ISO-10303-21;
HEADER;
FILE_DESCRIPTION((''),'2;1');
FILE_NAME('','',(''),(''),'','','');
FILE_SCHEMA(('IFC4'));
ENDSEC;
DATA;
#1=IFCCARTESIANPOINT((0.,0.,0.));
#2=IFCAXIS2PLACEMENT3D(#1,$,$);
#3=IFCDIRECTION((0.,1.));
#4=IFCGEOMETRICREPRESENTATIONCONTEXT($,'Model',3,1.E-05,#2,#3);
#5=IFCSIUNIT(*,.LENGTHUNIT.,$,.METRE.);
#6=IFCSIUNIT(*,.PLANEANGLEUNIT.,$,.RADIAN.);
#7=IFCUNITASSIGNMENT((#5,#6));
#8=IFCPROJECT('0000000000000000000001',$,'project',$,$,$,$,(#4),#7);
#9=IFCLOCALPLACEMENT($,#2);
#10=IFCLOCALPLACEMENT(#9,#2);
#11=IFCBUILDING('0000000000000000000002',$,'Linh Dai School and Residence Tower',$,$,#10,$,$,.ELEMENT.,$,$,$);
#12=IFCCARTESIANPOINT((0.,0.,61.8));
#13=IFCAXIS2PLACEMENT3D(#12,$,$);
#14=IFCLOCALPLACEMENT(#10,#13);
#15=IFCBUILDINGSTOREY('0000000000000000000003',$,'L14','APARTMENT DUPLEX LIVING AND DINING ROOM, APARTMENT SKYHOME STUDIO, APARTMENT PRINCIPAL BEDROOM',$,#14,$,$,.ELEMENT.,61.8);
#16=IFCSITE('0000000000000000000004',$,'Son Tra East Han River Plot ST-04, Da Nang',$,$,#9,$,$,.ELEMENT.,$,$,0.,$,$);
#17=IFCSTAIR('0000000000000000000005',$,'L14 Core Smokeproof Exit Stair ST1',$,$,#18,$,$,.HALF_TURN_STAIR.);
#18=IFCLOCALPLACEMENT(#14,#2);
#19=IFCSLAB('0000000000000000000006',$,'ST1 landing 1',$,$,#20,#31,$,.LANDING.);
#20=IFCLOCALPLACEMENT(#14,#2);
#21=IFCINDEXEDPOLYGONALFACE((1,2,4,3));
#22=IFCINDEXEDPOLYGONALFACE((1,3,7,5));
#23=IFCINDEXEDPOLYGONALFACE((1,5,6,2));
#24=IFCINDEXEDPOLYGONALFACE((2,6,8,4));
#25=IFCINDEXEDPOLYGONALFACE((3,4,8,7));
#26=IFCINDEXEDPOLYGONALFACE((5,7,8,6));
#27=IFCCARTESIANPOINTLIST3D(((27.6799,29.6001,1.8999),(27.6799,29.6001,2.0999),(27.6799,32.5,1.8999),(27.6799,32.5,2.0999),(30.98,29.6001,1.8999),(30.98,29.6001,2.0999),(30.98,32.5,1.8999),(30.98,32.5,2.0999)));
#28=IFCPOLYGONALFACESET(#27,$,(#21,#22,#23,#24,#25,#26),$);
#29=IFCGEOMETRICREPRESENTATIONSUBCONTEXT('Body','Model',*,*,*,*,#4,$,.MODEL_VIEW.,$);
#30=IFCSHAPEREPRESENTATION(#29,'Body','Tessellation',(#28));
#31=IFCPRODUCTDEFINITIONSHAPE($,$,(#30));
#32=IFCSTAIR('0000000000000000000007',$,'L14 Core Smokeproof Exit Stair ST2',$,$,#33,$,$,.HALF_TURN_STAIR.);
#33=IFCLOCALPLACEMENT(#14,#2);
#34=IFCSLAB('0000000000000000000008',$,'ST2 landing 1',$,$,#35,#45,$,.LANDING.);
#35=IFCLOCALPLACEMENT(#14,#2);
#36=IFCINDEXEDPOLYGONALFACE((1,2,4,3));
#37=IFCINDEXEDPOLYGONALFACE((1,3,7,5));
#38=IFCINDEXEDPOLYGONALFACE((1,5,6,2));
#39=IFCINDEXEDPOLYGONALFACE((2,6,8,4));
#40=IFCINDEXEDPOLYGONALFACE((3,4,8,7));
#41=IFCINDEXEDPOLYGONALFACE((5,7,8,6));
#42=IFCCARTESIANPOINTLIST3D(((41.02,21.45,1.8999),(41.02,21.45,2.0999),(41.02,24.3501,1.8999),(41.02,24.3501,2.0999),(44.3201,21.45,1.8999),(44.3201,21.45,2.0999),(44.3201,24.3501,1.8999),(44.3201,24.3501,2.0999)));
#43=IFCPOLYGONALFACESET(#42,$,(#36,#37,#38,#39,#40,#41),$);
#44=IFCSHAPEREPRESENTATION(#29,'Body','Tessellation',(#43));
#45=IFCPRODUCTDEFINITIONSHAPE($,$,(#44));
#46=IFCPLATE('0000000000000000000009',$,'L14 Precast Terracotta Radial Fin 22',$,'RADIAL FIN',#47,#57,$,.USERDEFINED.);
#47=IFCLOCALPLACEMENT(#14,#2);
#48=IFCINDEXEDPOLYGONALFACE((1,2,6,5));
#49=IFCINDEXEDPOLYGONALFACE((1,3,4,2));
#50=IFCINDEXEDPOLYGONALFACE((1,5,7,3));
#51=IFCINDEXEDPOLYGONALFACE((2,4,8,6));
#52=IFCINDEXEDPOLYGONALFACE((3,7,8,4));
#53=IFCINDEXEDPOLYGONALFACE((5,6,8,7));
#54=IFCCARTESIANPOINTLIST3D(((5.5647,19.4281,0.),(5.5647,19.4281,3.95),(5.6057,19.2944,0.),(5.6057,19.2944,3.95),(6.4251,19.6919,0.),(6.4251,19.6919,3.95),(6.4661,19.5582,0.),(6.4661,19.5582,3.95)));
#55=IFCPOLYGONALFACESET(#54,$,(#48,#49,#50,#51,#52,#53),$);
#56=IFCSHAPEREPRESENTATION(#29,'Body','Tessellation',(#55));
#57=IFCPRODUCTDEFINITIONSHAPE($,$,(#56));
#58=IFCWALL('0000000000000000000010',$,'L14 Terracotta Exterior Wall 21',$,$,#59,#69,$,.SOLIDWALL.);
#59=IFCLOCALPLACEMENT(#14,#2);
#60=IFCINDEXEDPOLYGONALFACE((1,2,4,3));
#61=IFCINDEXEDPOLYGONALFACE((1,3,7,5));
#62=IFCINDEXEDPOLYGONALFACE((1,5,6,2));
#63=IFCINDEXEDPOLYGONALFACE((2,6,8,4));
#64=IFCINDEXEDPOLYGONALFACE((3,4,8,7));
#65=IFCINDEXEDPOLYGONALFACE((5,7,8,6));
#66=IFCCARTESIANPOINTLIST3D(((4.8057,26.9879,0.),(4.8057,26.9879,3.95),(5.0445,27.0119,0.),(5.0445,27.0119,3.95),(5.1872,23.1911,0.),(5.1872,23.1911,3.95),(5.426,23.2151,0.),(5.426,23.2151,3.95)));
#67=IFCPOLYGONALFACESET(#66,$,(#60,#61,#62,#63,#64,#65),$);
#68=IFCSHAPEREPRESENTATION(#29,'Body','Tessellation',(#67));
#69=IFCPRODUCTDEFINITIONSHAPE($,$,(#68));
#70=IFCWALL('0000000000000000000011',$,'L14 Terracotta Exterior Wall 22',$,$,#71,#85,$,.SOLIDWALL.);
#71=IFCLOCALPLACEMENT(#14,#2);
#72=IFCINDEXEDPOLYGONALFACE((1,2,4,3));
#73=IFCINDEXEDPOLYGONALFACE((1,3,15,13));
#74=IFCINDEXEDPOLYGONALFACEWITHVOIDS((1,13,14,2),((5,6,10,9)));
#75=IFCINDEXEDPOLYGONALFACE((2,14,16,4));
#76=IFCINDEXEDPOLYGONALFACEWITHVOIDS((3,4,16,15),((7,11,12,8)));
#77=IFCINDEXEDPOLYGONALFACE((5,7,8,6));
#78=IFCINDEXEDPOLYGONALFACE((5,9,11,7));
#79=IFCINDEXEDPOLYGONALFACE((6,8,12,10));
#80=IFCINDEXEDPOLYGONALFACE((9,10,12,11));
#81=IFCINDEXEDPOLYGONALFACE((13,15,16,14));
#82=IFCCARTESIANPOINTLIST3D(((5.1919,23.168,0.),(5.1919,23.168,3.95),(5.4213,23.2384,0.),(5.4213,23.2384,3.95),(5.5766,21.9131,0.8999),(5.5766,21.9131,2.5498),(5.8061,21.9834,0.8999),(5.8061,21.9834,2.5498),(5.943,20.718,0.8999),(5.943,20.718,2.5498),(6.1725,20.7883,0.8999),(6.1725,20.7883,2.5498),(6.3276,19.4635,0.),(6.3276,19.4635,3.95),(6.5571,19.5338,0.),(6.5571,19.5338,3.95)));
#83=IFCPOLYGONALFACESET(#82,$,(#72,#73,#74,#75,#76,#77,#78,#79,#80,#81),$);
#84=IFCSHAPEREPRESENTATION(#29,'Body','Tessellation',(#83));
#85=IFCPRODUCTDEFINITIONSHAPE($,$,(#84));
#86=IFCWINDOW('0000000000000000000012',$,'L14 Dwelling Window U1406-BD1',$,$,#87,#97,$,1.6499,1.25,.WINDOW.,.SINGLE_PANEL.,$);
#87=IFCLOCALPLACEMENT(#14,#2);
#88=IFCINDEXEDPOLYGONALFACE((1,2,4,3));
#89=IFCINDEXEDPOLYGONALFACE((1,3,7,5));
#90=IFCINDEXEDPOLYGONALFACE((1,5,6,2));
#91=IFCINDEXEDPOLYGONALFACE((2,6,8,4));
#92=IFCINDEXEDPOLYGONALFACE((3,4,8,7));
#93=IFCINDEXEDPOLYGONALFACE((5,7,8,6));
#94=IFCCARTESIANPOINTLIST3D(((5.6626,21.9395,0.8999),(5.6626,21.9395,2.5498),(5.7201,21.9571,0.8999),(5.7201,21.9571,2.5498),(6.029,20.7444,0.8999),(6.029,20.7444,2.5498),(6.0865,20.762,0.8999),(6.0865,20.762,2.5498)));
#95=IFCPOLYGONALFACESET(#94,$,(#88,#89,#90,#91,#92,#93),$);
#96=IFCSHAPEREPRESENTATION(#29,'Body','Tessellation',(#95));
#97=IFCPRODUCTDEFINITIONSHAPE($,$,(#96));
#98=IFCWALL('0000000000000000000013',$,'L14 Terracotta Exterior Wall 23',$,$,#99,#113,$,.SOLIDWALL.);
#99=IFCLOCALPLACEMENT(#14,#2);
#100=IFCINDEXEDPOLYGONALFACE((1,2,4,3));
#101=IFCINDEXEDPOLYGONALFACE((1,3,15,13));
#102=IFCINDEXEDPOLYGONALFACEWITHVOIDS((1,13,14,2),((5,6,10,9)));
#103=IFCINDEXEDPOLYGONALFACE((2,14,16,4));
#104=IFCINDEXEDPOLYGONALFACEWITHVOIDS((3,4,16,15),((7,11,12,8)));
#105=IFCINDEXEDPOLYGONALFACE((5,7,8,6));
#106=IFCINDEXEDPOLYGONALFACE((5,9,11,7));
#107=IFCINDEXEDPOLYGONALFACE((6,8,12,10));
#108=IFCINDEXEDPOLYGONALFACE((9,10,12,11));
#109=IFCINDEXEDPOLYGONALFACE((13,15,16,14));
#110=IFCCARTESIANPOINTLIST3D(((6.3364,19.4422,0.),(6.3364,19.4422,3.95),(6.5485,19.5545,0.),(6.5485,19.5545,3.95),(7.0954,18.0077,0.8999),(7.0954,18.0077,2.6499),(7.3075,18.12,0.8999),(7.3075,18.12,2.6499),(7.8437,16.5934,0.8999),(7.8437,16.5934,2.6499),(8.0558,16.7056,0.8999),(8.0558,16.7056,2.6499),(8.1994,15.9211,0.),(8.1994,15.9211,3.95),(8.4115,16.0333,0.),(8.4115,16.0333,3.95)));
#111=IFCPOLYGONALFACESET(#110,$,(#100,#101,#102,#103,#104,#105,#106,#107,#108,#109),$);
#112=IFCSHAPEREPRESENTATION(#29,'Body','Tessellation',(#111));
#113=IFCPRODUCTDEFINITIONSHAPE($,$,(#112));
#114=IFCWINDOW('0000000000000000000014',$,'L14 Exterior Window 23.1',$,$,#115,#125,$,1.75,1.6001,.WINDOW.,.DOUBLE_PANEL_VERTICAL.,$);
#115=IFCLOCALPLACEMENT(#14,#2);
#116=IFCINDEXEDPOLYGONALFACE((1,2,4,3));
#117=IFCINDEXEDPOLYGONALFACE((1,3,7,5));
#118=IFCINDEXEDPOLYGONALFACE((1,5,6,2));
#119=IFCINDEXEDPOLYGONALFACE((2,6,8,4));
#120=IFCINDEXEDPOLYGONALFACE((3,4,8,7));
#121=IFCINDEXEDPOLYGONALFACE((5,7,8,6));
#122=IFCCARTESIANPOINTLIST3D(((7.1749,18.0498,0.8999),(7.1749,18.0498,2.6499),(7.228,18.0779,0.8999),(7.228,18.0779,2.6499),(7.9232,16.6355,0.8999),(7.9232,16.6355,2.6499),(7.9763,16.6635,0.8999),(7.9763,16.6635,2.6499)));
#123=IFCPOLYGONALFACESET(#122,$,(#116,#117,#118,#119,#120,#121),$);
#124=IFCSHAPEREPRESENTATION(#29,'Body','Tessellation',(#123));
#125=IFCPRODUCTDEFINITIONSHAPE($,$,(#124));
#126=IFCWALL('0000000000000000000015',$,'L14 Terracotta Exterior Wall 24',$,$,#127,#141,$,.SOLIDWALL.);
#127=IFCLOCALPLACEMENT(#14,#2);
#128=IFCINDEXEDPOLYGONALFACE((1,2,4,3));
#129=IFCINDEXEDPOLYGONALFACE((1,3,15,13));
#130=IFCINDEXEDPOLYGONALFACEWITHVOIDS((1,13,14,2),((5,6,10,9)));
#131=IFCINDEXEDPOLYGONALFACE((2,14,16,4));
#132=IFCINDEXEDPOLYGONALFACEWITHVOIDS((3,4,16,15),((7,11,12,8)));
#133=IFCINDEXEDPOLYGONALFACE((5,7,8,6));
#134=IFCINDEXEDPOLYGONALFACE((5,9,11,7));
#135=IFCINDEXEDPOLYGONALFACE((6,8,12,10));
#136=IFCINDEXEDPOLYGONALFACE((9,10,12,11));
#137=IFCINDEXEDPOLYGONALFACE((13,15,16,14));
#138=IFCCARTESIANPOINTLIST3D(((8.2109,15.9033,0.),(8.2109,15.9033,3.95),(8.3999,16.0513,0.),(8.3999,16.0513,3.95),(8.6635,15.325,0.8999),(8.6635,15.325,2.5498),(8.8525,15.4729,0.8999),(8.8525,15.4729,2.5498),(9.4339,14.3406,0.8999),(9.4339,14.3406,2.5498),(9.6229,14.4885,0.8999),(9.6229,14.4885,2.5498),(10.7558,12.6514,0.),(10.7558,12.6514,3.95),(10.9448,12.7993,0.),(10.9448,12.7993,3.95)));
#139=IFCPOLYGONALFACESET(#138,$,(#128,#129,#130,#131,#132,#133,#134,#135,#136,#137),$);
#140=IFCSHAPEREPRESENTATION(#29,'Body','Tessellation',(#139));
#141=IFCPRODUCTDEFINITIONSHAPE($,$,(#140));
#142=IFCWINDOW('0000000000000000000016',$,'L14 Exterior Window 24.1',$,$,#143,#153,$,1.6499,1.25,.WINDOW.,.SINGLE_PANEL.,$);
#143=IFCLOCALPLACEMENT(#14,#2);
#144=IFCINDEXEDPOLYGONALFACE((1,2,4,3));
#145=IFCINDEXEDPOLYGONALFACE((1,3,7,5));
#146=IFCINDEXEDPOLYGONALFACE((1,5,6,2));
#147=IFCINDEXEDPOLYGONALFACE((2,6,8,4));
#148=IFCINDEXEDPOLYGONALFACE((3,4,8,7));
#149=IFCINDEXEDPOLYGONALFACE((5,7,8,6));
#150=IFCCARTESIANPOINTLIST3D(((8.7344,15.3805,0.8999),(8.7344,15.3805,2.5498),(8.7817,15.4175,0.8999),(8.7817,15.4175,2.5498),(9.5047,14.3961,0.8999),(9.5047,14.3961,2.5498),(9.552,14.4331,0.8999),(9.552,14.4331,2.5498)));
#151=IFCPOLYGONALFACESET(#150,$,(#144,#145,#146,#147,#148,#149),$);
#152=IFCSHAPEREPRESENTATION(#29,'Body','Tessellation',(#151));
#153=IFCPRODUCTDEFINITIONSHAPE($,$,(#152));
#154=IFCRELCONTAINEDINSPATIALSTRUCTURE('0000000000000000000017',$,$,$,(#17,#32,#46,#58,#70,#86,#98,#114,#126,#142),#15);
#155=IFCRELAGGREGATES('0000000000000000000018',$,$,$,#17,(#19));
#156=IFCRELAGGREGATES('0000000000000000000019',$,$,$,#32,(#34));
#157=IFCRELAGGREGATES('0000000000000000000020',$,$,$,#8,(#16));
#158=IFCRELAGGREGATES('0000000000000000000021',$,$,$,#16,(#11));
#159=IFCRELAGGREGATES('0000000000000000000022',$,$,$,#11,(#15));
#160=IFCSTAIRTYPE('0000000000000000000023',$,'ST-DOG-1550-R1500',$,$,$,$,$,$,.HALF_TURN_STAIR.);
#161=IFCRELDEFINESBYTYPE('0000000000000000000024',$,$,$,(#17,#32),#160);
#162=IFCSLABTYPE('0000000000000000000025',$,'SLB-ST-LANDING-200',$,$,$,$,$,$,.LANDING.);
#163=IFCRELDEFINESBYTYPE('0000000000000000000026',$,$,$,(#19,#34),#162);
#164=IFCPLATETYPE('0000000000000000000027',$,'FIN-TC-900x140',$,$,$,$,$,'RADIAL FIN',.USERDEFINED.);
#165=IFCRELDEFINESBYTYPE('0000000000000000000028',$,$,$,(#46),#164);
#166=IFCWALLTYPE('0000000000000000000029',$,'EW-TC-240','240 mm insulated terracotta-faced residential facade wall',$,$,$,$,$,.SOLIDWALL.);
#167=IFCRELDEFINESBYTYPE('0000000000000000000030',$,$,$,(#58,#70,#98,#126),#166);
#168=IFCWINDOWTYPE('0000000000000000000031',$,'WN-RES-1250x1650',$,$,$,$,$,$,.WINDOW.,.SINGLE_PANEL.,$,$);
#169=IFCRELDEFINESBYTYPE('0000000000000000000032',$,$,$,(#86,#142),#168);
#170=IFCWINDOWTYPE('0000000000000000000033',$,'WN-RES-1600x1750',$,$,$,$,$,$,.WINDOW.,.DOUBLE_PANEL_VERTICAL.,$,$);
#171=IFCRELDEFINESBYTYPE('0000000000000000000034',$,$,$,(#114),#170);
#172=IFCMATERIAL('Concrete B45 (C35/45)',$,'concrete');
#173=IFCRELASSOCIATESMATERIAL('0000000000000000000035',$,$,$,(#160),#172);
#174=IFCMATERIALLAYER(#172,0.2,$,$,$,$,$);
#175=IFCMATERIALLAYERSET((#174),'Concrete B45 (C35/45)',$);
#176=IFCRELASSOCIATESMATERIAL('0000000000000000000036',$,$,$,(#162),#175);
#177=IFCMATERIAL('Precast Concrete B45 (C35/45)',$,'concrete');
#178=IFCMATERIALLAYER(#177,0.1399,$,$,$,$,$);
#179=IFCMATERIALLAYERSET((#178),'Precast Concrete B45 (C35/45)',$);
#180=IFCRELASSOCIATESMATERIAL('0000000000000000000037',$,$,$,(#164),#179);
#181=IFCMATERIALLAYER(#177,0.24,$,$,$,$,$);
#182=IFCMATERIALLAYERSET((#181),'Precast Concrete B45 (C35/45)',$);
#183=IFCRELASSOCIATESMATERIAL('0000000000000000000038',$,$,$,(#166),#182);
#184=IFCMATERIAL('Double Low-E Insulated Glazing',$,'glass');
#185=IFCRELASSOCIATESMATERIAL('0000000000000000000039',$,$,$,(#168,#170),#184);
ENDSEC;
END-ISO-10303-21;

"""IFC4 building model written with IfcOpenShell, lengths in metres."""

from ifc_helpers import new_model, si_unit, direction, frame, frame_2d, origin, origin_2d, place, context, subcontext, project, spatial, polyline, rectangle, outline, extrude, source, transform, mapped, material, layer, layer_set, type_object, element, fill, aggregate, save


model = new_model("IFC4")

# Units and contexts
model_context = context("Model", 3, precision=1e-05, world=origin(), true_north=direction((0.0, 1.0)))
body_context = subcontext(model_context, "Body", "Model", "MODEL_VIEW")
ifc_project = project(units=[si_unit("LENGTHUNIT", "METRE"), si_unit("PLANEANGLEUNIT", "RADIAN")], contexts=[model_context])

# Site, building, storey
site_placement = place(None, origin())
site = spatial("IfcSite", under=ifc_project, at=site_placement, Name="Son Tra East Han River Plot ST-04, Da Nang", CompositionType="ELEMENT", RefElevation=0.0)
building_placement = place(site_placement, origin())
building = spatial("IfcBuilding", under=site, at=building_placement, Name="Linh Dai School and Residence Tower", CompositionType="ELEMENT")
storey_placement = place(building_placement, frame((0.0, 0.0, 61.8)))
storey = spatial("IfcBuildingStorey", under=building, at=storey_placement, Name="L14", Description="APARTMENT DUPLEX LIVING AND DINING ROOM, APARTMENT SKYHOME STUDIO, APARTMENT PRINCIPAL BEDROOM", CompositionType="ELEMENT", Elevation=61.8)

# Shared definitions
ifc_material_1 = material(Name="Concrete B45 (C35/45)", Category="concrete")

# Stairs, slabs
stair_type = type_object("IfcStairType", Name="ST-DOG-1550-R1500", PredefinedType="HALF_TURN_STAIR", material=ifc_material_1)
stair_1_placement = place(storey_placement, origin())
stair_1 = element("IfcStair", 1, at=stair_1_placement, inside=storey, type_object=stair_type, Name="L14 Core Smokeproof Exit Stair ST1", PredefinedType="HALF_TURN_STAIR")
ifc_layer_1 = layer(ifc_material_1, 0.2)
ifc_layer_set_1 = layer_set([ifc_layer_1], Name="Concrete B45 (C35/45)")
slab_type_1 = type_object("IfcSlabType", Name="SLB-ST-LANDING-200", PredefinedType="LANDING", material=ifc_layer_set_1)
slab_1_placement = place(storey_placement, frame((0.0, 0.0, 1.8999)))
slab_1 = element("IfcSlab", 2, at=slab_1_placement, type_object=slab_type_1, Name="ST1 landing 1", PredefinedType="LANDING", context=body_context, shape_type="SweptSolid", body=[
    extrude(outline(polyline([(30.98, 29.6001), (30.98, 32.5), (27.6799, 32.5), (27.6799, 29.6001), (30.98, 29.6001)])), origin(), (0.0, 0.0, 1.0), 0.2),
])
aggregate(stair_1, [slab_1])
stair_2_placement = place(storey_placement, origin())
stair_2 = element("IfcStair", 3, at=stair_2_placement, inside=storey, type_object=stair_type, Name="L14 Core Smokeproof Exit Stair ST2", PredefinedType="HALF_TURN_STAIR")
slab_2_placement = place(storey_placement, frame((0.0, 0.0, 1.8999)))
slab_2 = element("IfcSlab", 4, at=slab_2_placement, type_object=slab_type_1, Name="ST2 landing 1", PredefinedType="LANDING", context=body_context, shape_type="SweptSolid", body=[
    extrude(outline(polyline([(41.02, 24.3501), (41.02, 21.45), (44.3201, 21.45), (44.3201, 24.3501), (41.02, 24.3501)])), origin(), (0.0, 0.0, 1.0), 0.2),
])
aggregate(stair_2, [slab_2])

# Plate
ifc_material_2 = material(Name="Precast Concrete B45 (C35/45)", Category="concrete")
ifc_layer_2 = layer(ifc_material_2, 0.1399)
ifc_layer_set_2 = layer_set([ifc_layer_2], Name="Precast Concrete B45 (C35/45)")
plate_type = type_object("IfcPlateType", Name="FIN-TC-900x140", ElementType="RADIAL FIN", PredefinedType="USERDEFINED", material=ifc_layer_set_2)
shared_shape_1 = source(origin(), body_context, "Body", "SweptSolid", [
    extrude(rectangle(XDim=0.8999, YDim=0.1399, at=origin_2d()), origin(), (0.0, 0.0, 1.0), 3.95),
])
plate_placement = place(storey_placement, frame((6.0154, 19.4932, 0.0), z_axis=(0.0, 0.0, 1.0), x_axis=(-0.956068, -0.293146, 0.0)))
element("IfcPlate", 5, at=plate_placement, inside=storey, type_object=plate_type, Name="L14 Precast Terracotta Radial Fin 22", ObjectType="RADIAL FIN", PredefinedType="USERDEFINED", context=body_context, shape_type="MappedRepresentation", body=[
    mapped(shared_shape_1, transform((0.0, 0.0, 0.0), x_axis=(1.0, 0.0, 0.0), y_axis=(0.0, 1.0, 0.0), z_axis=(0.0, 0.0, 1.0), scale=1.0)),
])

# Wall
ifc_layer_3 = layer(ifc_material_2, 0.24)
ifc_layer_set_3 = layer_set([ifc_layer_3], Name="Precast Concrete B45 (C35/45)")
wall_type_1 = type_object("IfcWallType", Name="EW-TC-240", Description="240 mm insulated terracotta-faced residential facade wall", PredefinedType="SOLIDWALL", material=ifc_layer_set_3)
wall_1_placement = place(storey_placement, frame((5.3066, 23.2031, 0.0), z_axis=(0.0, 0.0, 1.0), x_axis=(-0.099998, 0.994988, 0.0)))
element("IfcWall", 6, at=wall_1_placement, inside=storey, type_object=wall_type_1, Name="L14 Terracotta Exterior Wall 21", PredefinedType="SOLIDWALL", context=body_context, shape_type="SweptSolid", body=[
    extrude(rectangle(XDim=3.8159, YDim=0.24, at=frame_2d((1.908, 0.0))), origin(), (0.0, 0.0, 1.0), 3.95),
])

# Walls, openings, windows
wall_2_placement = place(storey_placement, frame((6.4424, 19.4985, 0.0), z_axis=(0.0, 0.0, 1.0), x_axis=(-0.293112, 0.956078, 0.0)))
wall_2 = element("IfcWall", 7, at=wall_2_placement, inside=storey, type_object=wall_type_1, Name="L14 Terracotta Exterior Wall 22", PredefinedType="SOLIDWALL", context=body_context, shape_type="SweptSolid", body=[
    extrude(rectangle(XDim=3.8748, YDim=0.24, at=frame_2d((1.9375, 0.0))), origin(), (0.0, 0.0, 1.0), 3.95),
])
opening_1_placement = place(wall_2_placement, frame((1.3123, 0.0, 0.8999)))
opening_1 = element("IfcOpeningElement", 8, at=opening_1_placement, cuts=wall_2, PredefinedType="OPENING", context=body_context, shape_type="SweptSolid", body=[
    extrude(rectangle(XDim=1.25, YDim=1.6499, at=origin_2d()), frame((0.625, 0.1299, 0.825), z_axis=(0.0, -1.0, 0.0), x_axis=(1.0, 0.0, 0.0)), (0.0, 0.0, 1.0), 0.26),
])
ifc_material_3 = material(Name="Double Low-E Insulated Glazing", Category="glass")
window_type_1 = type_object("IfcWindowType", Name="WN-RES-1250x1650", PartitioningType="SINGLE_PANEL", PredefinedType="WINDOW", material=ifc_material_3)
shared_shape_2 = source(origin(), body_context, "Body", "SweptSolid", [
    extrude(rectangle(XDim=1.25, YDim=1.6499, at=origin_2d()), frame((0.625, 0.03, 0.825), z_axis=(0.0, -1.0, 0.0), x_axis=(1.0, 0.0, 0.0)), (0.0, 0.0, 1.0), 0.0601),
])
window_1_placement = place(opening_1_placement, origin())
window_1 = element("IfcWindow", 9, at=window_1_placement, inside=storey, type_object=window_type_1, Name="L14 Dwelling Window U1406-BD1", OverallHeight=1.6499, OverallWidth=1.25, PartitioningType="SINGLE_PANEL", PredefinedType="WINDOW", context=body_context, shape_type="MappedRepresentation", body=[
    mapped(shared_shape_2, transform((0.0, 0.0, 0.0), x_axis=(1.0, 0.0, 0.0), y_axis=(0.0, 1.0, 0.0), z_axis=(0.0, 0.0, 1.0), scale=1.0)),
])
fill(opening_1, window_1)
wall_3_placement = place(storey_placement, frame((8.3054, 15.9773, 0.0), z_axis=(0.0, 0.0, 1.0), x_axis=(-0.467662, 0.883907, 0.0)))
wall_3 = element("IfcWall", 10, at=wall_3_placement, inside=storey, type_object=wall_type_1, Name="L14 Terracotta Exterior Wall 23", PredefinedType="SOLIDWALL", context=body_context, shape_type="SweptSolid", body=[
    extrude(rectangle(XDim=3.9836, YDim=0.24, at=frame_2d((1.9917, 0.0))), origin(), (0.0, 0.0, 1.0), 3.95),
])
opening_2_placement = place(wall_3_placement, frame((0.7605, 0.0, 0.8999)))
opening_2 = element("IfcOpeningElement", 11, at=opening_2_placement, cuts=wall_3, PredefinedType="OPENING", context=body_context, shape_type="SweptSolid", body=[
    extrude(rectangle(XDim=1.6001, YDim=1.75, at=origin_2d()), frame((0.8, 0.1299, 0.875), z_axis=(0.0, -1.0, 0.0), x_axis=(1.0, 0.0, 0.0)), (0.0, 0.0, 1.0), 0.26),
])
window_type_2 = type_object("IfcWindowType", Name="WN-RES-1600x1750", PartitioningType="DOUBLE_PANEL_VERTICAL", PredefinedType="WINDOW", material=ifc_material_3)
shared_shape_3 = source(origin(), body_context, "Body", "SweptSolid", [
    extrude(rectangle(XDim=1.6001, YDim=1.75, at=origin_2d()), frame((0.8, 0.03, 0.875), z_axis=(0.0, -1.0, 0.0), x_axis=(1.0, 0.0, 0.0)), (0.0, 0.0, 1.0), 0.0601),
])
window_2_placement = place(opening_2_placement, origin())
window_2 = element("IfcWindow", 12, at=window_2_placement, inside=storey, type_object=window_type_2, Name="L14 Exterior Window 23.1", OverallHeight=1.75, OverallWidth=1.6001, PartitioningType="DOUBLE_PANEL_VERTICAL", PredefinedType="WINDOW", context=body_context, shape_type="MappedRepresentation", body=[
    mapped(shared_shape_3, transform((0.0, 0.0, 0.0), x_axis=(1.0, 0.0, 0.0), y_axis=(0.0, 1.0, 0.0), z_axis=(0.0, 0.0, 1.0), scale=1.0)),
])
fill(opening_2, window_2)
wall_4_placement = place(storey_placement, frame((10.8503, 12.7253, 0.0), z_axis=(0.0, 0.0, 1.0), x_axis=(-0.616296, 0.787515, 0.0)))
wall_4 = element("IfcWall", 13, at=wall_4_placement, inside=storey, type_object=wall_type_1, Name="L14 Terracotta Exterior Wall 24", PredefinedType="SOLIDWALL", context=body_context, shape_type="SweptSolid", body=[
    extrude(rectangle(XDim=4.1294, YDim=0.24, at=frame_2d((2.0647, 0.0))), origin(), (0.0, 0.0, 1.0), 3.95),
])
opening_3_placement = place(wall_4_placement, frame((2.145, 0.0, 0.8999)))
opening_3 = element("IfcOpeningElement", 14, at=opening_3_placement, cuts=wall_4, PredefinedType="OPENING", context=body_context, shape_type="SweptSolid", body=[
    extrude(rectangle(XDim=1.25, YDim=1.6499, at=origin_2d()), frame((0.625, 0.1299, 0.825), z_axis=(0.0, -1.0, 0.0), x_axis=(1.0, 0.0, 0.0)), (0.0, 0.0, 1.0), 0.26),
])
window_3_placement = place(opening_3_placement, origin())
window_3 = element("IfcWindow", 15, at=window_3_placement, inside=storey, type_object=window_type_1, Name="L14 Exterior Window 24.1", OverallHeight=1.6499, OverallWidth=1.25, PartitioningType="SINGLE_PANEL", PredefinedType="WINDOW", context=body_context, shape_type="MappedRepresentation", body=[
    mapped(shared_shape_2, transform((0.0, 0.0, 0.0), x_axis=(1.0, 0.0, 0.0), y_axis=(0.0, 1.0, 0.0), z_axis=(0.0, 0.0, 1.0), scale=1.0)),
])
fill(opening_3, window_3)

save(model, "model.ifc")
